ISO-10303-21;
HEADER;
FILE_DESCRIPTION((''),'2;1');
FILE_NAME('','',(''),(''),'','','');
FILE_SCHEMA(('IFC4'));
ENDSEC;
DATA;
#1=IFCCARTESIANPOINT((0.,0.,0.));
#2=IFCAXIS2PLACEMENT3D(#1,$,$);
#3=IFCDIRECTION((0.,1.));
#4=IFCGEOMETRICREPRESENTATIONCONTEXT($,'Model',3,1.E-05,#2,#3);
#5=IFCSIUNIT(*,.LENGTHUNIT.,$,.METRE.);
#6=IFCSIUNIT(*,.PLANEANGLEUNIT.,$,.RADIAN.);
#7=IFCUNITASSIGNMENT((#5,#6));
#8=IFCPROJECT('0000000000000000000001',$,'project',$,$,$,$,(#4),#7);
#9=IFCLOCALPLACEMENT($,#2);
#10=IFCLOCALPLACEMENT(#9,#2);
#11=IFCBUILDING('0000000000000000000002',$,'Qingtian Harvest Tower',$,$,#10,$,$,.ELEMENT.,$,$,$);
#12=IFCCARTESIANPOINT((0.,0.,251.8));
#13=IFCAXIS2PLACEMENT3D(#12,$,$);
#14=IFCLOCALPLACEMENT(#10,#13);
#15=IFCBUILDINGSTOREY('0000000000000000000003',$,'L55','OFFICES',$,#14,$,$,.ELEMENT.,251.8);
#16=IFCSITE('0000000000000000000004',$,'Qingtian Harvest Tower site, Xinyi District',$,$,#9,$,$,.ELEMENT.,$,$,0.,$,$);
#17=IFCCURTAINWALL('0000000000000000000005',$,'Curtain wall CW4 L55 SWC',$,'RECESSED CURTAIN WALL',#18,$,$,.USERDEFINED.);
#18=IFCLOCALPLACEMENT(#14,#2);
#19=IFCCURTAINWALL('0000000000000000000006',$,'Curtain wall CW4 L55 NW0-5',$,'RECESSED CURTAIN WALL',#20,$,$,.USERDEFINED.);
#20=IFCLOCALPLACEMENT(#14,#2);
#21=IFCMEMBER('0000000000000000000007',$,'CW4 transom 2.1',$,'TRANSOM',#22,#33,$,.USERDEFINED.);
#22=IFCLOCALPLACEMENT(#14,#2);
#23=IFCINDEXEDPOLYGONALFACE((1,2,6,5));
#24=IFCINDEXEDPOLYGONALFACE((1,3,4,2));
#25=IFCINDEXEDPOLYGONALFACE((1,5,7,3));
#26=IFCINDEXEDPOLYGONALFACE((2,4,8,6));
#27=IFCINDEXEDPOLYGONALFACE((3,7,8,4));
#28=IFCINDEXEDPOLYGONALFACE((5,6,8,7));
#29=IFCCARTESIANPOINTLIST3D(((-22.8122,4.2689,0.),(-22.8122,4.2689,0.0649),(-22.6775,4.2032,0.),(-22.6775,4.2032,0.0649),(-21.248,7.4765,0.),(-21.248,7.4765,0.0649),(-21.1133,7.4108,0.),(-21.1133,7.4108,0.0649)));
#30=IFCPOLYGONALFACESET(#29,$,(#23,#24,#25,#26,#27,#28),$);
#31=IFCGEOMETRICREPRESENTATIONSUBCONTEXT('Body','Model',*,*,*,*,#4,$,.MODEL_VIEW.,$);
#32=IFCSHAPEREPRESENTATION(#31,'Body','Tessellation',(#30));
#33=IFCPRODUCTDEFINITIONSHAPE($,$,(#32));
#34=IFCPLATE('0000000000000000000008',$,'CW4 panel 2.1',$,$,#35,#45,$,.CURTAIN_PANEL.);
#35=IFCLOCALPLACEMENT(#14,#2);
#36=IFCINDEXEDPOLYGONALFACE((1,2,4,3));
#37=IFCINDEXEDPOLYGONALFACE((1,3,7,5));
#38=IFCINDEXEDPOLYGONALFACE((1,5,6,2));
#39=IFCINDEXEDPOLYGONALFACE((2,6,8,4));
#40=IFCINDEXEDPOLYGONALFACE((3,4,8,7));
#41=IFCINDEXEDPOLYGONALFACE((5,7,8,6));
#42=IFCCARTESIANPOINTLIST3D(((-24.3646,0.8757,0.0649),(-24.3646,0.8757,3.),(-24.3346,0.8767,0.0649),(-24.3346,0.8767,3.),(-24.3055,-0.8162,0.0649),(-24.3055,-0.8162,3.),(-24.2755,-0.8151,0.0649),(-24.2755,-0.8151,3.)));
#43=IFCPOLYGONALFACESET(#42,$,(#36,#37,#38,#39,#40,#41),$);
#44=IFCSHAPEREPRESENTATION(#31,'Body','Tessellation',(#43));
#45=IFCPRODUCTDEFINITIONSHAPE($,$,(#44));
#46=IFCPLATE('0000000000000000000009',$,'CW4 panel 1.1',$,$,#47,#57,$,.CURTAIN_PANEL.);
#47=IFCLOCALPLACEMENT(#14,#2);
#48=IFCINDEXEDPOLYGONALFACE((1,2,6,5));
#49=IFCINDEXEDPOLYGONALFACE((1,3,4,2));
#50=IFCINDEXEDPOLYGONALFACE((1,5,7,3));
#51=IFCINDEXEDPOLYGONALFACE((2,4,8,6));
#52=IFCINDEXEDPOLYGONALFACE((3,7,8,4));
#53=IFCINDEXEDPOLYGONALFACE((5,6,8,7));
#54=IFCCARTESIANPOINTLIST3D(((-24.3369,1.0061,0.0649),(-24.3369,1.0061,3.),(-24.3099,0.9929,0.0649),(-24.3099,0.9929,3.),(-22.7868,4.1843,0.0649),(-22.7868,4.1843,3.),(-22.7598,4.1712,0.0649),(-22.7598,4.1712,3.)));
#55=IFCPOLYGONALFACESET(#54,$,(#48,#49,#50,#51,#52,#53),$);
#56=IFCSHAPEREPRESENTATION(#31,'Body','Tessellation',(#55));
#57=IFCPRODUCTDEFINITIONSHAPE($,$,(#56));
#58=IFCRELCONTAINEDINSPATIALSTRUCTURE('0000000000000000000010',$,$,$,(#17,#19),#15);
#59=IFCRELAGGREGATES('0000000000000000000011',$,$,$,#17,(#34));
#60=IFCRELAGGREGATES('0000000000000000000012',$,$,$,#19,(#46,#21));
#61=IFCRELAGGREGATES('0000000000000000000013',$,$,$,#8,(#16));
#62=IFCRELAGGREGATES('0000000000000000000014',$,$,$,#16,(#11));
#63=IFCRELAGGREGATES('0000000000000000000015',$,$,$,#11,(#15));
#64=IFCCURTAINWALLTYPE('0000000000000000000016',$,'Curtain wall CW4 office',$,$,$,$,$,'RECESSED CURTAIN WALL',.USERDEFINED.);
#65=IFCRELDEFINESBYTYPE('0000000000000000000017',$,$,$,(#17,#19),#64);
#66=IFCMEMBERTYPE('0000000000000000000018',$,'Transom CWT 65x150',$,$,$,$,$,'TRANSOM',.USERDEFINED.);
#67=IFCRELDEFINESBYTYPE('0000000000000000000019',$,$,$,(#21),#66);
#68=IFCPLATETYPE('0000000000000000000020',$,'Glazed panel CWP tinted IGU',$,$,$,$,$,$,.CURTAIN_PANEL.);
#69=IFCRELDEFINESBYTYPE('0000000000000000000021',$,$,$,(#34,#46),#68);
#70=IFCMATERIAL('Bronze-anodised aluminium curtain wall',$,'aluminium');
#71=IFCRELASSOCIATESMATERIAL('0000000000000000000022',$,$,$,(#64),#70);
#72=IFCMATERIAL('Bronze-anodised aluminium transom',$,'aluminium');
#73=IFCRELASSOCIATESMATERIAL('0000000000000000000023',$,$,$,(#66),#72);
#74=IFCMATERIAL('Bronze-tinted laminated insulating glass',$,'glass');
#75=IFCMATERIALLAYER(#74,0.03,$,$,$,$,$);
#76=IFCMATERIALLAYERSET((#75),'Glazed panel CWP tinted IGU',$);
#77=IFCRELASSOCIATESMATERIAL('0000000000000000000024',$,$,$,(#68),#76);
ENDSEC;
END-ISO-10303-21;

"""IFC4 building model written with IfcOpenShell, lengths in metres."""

from ifc_helpers import new_model, si_unit, direction, frame, origin, origin_2d, place, context, subcontext, project, spatial, rectangle, extrude, material, layer, layer_set, material_profile, profile_set, type_object, element, aggregate, save


model = new_model("IFC4")

# Units and contexts
model_context = context("Model", 3, precision=1e-05, world=origin(), true_north=direction((0.0, 1.0)))
body_context = subcontext(model_context, "Body", "Model", "MODEL_VIEW")
ifc_project = project(units=[si_unit("LENGTHUNIT", "METRE"), si_unit("PLANEANGLEUNIT", "RADIAN")], contexts=[model_context])

# Site, building, storey
site_placement = place(None, origin())
site = spatial("IfcSite", under=ifc_project, at=site_placement, Name="Qingtian Harvest Tower site, Xinyi District", CompositionType="ELEMENT", RefElevation=0.0)
building_placement = place(site_placement, origin())
building = spatial("IfcBuilding", under=site, at=building_placement, Name="Qingtian Harvest Tower", CompositionType="ELEMENT")
storey_placement = place(building_placement, frame((0.0, 0.0, 251.8)))
storey = spatial("IfcBuildingStorey", under=building, at=storey_placement, Name="L55", Description="OFFICES", CompositionType="ELEMENT", Elevation=251.8)

# Curtain wall
ifc_material_1 = material(Name="Bronze-anodised aluminium curtain wall", Category="aluminium")
curtain_wall_type = type_object("IfcCurtainWallType", Name="Curtain wall CW4 office", ElementType="RECESSED CURTAIN WALL", PredefinedType="USERDEFINED", material=ifc_material_1)
curtain_wall_1_placement = place(storey_placement, origin())
curtain_wall_1 = element("IfcCurtainWall", 1, at=curtain_wall_1_placement, inside=storey, type_object=curtain_wall_type, Name="Curtain wall CW4 L55 SWC", ObjectType="RECESSED CURTAIN WALL", PredefinedType="USERDEFINED")

# Curtain wall
curtain_wall_2_placement = place(storey_placement, origin())
curtain_wall_2 = element("IfcCurtainWall", 2, at=curtain_wall_2_placement, inside=storey, type_object=curtain_wall_type, Name="Curtain wall CW4 L55 NW0-5", ObjectType="RECESSED CURTAIN WALL", PredefinedType="USERDEFINED")

# Member
ifc_material_2 = material(Name="Bronze-anodised aluminium transom", Category="aluminium")
ifc_material_profile_1 = material_profile(ifc_material_2, rectangle(XDim=0.1499, YDim=0.0649, at=origin_2d()), Name="AL 65x150")
ifc_profile_set_1 = profile_set([ifc_material_profile_1], Name="Bronze-anodised aluminium transom")
member_type_1 = type_object("IfcMemberType", Name="Transom CWT 65x150", ElementType="TRANSOM", PredefinedType="USERDEFINED", material=ifc_profile_set_1)
member_1_placement = place(storey_placement, frame((-22.7449, 4.2361, 0.0325), z_axis=(0.438325, 0.898816, 0.0), x_axis=(-0.898816, 0.438325, 0.0)))
member_1 = element("IfcMember", 3, at=member_1_placement, type_object=member_type_1, Name="CW4 transom 2.1", ObjectType="TRANSOM", PredefinedType="USERDEFINED", context=body_context, shape_type="SweptSolid", body=[
    extrude(rectangle(XDim=0.1499, YDim=0.0649, at=origin_2d()), origin(), (0.0, 0.0, 1.0), 3.5686),
])

# Plates
ifc_material_3 = material(Name="Bronze-tinted laminated insulating glass", Category="glass")
ifc_layer = layer(ifc_material_3, 0.03)
ifc_layer_set = layer_set([ifc_layer], Name="Glazed panel CWP tinted IGU")
plate_type = type_object("IfcPlateType", Name="Glazed panel CWP tinted IGU", PredefinedType="CURTAIN_PANEL", material=ifc_layer_set)
plate_1_placement = place(storey_placement, frame((-24.3201, 0.0303, 0.0649), z_axis=(0.0, 0.0, 1.0), x_axis=(-0.034899, 0.999391, 0.0)))
plate_1 = element("IfcPlate", 4, at=plate_1_placement, type_object=plate_type, Name="CW4 panel 2.1", PredefinedType="CURTAIN_PANEL", context=body_context, shape_type="SweptSolid", body=[
    extrude(rectangle(XDim=1.6929, YDim=0.03, at=origin_2d()), origin(), (0.0, 0.0, 1.0), 2.9351),
])
aggregate(curtain_wall_1, [plate_1])
plate_2_placement = place(storey_placement, frame((-23.5483, 2.5886, 0.0649), z_axis=(0.0, 0.0, 1.0), x_axis=(0.438371, 0.898794, 0.0)))
plate_2 = element("IfcPlate", 5, at=plate_2_placement, type_object=plate_type, Name="CW4 panel 1.1", PredefinedType="CURTAIN_PANEL", context=body_context, shape_type="SweptSolid", body=[
    extrude(rectangle(XDim=3.5361, YDim=0.03, at=origin_2d()), origin(), (0.0, 0.0, 1.0), 2.9351),
])
aggregate(curtain_wall_2, [plate_2, member_1])

save(model, "model.ifc")
